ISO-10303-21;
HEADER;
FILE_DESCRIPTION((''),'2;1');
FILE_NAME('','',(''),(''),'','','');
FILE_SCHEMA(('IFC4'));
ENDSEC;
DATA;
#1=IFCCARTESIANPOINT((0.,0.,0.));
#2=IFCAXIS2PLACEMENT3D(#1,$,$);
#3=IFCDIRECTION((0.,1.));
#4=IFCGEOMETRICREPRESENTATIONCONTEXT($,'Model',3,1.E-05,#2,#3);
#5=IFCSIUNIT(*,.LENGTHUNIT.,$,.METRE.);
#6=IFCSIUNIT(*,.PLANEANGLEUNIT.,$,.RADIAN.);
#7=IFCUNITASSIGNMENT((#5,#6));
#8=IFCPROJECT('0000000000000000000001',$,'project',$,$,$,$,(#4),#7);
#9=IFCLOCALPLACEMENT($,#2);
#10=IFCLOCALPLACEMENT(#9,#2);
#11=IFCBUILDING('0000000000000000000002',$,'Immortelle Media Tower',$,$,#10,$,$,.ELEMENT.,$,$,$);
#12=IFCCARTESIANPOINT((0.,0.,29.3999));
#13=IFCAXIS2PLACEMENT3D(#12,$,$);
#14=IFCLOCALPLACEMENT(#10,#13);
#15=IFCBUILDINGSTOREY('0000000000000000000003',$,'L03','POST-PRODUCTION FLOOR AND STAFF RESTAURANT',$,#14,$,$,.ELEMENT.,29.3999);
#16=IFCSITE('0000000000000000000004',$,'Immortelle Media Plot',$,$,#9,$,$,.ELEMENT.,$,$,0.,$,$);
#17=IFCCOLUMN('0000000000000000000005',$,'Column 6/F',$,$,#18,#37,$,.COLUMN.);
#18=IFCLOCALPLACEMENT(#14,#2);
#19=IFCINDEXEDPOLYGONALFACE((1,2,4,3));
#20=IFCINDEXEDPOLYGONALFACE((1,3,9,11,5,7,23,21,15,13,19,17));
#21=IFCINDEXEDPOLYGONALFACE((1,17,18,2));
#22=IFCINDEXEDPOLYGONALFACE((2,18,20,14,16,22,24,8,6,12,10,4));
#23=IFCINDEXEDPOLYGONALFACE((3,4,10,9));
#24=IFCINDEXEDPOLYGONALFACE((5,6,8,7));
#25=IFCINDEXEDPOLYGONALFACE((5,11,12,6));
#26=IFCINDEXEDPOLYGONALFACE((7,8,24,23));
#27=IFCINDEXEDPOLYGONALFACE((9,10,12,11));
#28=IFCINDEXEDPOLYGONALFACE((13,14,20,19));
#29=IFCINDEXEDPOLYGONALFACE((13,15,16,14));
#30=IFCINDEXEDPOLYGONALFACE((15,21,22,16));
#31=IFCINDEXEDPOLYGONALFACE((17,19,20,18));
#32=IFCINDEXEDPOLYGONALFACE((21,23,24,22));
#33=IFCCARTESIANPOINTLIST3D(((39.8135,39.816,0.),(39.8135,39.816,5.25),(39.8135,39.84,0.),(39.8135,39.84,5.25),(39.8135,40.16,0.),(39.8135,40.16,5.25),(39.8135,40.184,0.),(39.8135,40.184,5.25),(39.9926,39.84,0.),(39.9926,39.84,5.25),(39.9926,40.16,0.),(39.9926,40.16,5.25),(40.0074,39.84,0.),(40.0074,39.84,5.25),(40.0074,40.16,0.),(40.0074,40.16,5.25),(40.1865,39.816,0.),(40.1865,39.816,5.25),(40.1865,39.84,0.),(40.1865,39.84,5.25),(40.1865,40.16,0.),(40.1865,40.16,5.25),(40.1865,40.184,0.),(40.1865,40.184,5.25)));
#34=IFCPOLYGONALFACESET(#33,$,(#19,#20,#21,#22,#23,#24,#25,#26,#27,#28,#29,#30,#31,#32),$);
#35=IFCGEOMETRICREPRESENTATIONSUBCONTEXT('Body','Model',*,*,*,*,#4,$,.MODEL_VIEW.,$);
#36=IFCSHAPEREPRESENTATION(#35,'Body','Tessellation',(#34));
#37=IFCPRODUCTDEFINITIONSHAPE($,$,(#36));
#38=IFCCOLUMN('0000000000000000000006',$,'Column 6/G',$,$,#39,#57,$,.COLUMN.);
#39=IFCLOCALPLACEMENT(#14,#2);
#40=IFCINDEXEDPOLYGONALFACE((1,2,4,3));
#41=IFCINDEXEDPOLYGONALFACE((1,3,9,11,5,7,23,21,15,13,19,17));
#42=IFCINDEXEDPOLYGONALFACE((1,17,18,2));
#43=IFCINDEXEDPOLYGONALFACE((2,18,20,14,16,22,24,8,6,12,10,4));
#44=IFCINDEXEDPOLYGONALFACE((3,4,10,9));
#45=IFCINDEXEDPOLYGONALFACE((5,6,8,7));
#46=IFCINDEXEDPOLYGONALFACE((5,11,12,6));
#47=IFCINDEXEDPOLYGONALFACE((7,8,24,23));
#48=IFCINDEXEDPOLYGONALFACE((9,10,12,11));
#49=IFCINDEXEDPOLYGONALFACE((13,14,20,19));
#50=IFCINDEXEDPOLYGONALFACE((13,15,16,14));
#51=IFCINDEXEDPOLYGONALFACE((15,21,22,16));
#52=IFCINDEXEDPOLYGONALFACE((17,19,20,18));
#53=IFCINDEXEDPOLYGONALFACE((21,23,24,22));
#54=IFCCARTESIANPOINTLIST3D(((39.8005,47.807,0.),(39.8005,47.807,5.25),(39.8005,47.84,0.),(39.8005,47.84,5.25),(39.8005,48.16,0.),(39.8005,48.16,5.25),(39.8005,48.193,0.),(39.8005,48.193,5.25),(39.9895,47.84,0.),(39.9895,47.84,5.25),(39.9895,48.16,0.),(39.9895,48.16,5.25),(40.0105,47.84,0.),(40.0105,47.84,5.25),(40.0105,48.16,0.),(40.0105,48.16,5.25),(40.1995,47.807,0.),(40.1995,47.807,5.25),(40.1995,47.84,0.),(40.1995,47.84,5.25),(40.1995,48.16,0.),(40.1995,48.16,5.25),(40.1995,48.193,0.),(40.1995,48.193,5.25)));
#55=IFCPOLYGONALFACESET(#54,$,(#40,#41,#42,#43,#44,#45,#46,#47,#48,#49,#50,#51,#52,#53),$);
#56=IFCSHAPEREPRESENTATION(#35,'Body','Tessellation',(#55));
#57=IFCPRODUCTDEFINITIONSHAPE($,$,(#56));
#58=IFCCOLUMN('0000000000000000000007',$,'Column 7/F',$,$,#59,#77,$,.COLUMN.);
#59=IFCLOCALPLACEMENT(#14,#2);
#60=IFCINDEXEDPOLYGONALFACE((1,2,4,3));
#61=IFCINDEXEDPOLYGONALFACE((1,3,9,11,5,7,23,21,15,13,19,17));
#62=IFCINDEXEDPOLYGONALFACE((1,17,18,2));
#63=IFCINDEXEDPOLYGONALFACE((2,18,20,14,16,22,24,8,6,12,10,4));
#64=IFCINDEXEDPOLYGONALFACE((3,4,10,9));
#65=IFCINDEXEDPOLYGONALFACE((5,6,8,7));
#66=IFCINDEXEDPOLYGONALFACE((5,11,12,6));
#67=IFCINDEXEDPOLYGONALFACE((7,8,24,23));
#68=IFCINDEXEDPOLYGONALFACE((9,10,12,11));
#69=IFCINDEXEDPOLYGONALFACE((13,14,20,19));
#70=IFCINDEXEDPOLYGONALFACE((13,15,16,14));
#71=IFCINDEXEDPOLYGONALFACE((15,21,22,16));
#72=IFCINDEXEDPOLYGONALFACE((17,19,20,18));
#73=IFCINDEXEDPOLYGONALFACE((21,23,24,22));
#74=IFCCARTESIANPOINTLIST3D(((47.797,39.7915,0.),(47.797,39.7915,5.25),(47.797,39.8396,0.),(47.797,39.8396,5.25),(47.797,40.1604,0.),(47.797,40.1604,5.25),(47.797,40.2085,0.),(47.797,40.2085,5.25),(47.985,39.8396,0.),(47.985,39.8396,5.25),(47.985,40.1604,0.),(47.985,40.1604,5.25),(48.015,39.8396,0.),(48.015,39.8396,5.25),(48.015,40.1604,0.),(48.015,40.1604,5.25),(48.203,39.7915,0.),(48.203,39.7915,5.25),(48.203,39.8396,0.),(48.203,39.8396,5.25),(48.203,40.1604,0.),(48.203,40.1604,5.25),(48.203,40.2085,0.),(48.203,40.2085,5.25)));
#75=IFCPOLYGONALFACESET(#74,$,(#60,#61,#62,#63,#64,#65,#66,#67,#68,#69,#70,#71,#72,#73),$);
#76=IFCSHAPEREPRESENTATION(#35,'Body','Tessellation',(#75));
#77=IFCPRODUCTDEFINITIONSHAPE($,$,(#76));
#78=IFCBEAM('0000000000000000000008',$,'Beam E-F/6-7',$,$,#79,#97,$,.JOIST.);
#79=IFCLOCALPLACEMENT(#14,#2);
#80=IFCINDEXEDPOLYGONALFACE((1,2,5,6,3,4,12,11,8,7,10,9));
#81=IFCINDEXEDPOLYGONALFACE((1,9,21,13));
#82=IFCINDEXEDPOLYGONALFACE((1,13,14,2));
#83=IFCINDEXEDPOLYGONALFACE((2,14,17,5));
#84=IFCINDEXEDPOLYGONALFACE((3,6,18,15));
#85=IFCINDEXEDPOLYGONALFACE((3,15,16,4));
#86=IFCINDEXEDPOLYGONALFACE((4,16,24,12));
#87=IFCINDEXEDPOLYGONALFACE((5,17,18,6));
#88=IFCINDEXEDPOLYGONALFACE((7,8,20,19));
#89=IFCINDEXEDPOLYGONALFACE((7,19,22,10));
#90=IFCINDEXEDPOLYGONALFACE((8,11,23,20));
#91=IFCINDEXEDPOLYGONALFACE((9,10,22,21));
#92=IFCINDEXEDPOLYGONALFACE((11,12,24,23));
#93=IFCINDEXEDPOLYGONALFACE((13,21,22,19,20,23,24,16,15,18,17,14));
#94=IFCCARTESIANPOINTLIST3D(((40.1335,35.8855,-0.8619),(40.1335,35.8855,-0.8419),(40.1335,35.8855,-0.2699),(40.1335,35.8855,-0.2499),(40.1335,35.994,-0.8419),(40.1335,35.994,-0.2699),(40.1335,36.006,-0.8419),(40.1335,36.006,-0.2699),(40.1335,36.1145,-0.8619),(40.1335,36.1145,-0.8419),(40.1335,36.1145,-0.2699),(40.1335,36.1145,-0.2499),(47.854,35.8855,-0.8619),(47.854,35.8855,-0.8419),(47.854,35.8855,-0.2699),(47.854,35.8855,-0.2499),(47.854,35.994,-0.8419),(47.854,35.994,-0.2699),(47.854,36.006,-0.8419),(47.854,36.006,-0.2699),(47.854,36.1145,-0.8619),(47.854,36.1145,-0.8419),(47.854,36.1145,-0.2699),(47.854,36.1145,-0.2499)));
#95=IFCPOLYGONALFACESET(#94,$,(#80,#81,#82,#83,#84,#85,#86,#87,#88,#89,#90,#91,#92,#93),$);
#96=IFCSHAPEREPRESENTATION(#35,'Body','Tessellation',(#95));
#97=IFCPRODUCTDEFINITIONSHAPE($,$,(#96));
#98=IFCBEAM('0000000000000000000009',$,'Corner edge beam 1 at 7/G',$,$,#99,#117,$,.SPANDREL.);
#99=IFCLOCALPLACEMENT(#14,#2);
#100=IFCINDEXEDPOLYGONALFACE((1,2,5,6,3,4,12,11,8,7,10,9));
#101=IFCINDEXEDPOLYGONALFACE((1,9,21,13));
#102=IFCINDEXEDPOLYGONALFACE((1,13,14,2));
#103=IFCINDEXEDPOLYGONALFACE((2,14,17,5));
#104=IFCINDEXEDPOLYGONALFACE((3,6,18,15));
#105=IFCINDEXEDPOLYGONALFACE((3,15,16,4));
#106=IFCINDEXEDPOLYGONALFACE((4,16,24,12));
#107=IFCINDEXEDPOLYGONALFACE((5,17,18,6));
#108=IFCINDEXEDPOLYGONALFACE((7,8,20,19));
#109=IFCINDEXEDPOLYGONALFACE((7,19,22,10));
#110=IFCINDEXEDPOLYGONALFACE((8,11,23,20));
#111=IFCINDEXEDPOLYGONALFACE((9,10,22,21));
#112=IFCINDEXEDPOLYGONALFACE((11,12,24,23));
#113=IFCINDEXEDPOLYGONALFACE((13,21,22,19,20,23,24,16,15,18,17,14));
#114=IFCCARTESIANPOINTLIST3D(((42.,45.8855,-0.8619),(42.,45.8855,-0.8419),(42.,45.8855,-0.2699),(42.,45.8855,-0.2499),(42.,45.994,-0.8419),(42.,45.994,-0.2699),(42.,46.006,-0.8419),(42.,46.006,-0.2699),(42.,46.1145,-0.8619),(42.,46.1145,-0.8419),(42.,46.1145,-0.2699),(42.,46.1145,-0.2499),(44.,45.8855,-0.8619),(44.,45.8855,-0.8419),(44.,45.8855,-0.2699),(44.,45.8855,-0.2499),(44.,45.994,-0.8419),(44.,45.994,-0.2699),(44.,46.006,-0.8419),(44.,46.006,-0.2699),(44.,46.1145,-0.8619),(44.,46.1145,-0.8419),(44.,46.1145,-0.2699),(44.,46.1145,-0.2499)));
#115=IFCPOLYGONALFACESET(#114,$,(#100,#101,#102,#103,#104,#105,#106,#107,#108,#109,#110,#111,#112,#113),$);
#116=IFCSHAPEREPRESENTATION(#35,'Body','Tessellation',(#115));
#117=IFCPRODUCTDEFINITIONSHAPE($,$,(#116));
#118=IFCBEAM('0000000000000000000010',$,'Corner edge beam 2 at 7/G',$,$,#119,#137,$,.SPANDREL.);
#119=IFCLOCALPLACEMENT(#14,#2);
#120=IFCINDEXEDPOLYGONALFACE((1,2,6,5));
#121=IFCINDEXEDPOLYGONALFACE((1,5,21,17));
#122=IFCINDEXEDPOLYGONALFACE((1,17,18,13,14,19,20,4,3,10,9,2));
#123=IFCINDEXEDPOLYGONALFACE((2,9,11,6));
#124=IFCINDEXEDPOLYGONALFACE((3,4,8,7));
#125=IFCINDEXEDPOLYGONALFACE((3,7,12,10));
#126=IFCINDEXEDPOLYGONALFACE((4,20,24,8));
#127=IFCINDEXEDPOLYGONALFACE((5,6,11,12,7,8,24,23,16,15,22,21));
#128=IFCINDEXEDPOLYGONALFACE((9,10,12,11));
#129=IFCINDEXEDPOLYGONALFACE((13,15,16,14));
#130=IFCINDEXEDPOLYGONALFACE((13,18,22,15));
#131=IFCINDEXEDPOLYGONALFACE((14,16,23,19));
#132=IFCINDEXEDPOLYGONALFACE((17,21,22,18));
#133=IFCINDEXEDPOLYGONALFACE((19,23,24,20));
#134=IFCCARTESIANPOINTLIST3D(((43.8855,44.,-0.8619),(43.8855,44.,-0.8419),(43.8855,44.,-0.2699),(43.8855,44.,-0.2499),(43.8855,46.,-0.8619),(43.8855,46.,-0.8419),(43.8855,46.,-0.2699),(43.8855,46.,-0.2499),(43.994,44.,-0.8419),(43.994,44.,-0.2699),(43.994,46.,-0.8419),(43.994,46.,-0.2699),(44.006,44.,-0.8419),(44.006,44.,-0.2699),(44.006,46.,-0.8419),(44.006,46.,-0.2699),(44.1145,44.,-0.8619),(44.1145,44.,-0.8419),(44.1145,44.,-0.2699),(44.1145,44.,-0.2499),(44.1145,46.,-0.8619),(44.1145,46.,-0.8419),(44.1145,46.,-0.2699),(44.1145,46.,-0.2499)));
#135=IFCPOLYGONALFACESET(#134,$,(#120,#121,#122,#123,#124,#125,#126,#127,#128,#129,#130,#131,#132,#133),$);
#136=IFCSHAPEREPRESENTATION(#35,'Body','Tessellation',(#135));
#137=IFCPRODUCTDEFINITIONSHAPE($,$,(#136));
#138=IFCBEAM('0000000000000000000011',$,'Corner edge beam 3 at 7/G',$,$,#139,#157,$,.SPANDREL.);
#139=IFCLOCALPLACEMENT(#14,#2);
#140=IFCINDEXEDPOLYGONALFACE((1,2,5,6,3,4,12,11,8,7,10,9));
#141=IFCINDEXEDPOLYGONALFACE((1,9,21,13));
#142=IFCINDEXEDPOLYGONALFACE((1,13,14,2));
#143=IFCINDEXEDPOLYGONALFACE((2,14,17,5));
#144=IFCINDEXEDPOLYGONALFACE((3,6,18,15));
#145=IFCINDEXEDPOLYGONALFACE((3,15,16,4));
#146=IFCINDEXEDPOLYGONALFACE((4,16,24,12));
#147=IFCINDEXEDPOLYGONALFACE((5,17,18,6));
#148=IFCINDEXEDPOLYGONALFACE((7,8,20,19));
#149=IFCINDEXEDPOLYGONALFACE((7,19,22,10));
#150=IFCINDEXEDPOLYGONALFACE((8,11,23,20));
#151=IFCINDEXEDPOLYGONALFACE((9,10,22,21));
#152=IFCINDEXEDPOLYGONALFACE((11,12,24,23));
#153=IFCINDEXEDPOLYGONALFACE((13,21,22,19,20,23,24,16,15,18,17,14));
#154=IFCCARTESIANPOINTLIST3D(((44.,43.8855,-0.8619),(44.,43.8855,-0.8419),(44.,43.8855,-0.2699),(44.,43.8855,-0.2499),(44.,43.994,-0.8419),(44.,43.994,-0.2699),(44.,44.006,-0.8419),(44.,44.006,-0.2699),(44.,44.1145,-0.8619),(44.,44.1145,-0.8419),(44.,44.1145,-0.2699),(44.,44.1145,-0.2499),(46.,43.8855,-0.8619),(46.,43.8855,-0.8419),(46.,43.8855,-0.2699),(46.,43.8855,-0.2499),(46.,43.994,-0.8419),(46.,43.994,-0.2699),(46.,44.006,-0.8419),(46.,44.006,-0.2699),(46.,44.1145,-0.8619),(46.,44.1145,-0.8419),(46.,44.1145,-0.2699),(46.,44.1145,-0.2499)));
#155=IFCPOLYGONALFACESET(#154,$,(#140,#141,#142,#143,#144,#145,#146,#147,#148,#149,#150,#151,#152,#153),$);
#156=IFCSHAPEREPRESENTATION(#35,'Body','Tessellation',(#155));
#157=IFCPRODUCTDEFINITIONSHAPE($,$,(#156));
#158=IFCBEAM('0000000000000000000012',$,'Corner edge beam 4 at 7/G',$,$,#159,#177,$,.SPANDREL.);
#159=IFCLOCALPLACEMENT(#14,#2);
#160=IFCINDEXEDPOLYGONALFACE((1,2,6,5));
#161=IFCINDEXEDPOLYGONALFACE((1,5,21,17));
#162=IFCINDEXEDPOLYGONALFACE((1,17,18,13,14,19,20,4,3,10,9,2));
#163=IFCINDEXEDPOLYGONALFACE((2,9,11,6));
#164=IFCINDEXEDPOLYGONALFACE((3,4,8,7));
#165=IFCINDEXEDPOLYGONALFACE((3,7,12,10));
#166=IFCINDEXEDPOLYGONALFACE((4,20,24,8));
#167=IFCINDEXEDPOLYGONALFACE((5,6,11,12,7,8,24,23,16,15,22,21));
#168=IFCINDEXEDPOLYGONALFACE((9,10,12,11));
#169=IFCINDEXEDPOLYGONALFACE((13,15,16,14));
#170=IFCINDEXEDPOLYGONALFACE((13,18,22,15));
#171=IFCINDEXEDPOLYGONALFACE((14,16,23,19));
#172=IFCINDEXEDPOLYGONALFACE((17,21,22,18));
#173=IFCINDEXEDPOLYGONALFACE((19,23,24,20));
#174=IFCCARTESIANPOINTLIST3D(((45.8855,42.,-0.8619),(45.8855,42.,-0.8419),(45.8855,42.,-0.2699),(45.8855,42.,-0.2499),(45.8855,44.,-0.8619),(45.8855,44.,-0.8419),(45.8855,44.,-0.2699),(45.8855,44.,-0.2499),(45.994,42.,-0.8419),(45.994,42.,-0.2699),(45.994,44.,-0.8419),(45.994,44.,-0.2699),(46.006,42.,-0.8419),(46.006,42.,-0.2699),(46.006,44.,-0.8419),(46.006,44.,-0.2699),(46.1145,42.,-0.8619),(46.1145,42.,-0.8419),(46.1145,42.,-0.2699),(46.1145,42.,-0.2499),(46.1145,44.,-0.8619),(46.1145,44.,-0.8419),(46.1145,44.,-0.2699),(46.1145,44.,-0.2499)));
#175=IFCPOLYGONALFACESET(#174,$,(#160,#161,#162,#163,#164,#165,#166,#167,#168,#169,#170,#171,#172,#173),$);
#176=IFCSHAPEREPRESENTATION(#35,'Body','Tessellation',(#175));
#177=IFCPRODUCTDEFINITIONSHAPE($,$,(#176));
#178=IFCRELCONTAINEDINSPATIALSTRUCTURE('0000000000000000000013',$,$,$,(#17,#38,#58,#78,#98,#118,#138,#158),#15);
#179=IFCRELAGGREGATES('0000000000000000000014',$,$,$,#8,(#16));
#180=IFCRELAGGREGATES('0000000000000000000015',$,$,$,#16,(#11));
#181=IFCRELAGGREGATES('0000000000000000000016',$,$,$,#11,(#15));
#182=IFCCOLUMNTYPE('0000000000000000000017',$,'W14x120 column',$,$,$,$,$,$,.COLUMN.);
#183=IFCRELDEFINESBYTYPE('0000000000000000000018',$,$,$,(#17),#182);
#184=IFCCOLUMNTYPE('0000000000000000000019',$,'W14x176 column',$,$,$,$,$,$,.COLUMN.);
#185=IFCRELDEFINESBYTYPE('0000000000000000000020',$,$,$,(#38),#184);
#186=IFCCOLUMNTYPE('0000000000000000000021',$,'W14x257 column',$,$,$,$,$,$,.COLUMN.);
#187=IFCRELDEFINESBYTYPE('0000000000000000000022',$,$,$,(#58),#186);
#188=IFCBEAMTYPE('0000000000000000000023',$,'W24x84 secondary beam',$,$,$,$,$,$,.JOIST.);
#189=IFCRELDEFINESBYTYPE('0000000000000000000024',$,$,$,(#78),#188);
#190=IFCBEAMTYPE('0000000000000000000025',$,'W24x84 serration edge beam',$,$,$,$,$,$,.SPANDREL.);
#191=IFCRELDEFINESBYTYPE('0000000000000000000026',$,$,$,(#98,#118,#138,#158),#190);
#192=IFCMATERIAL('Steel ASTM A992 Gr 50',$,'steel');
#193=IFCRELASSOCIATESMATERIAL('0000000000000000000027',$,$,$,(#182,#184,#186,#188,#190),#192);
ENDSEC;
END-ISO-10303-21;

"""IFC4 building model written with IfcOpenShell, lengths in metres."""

from ifc_helpers import new_model, si_unit, direction, frame, origin, origin_2d, place, context, subcontext, project, spatial, i_section, extrude, material, material_profile, profile_set, type_object, element, save


model = new_model("IFC4")

# Units and contexts
model_context = context("Model", 3, precision=1e-05, world=origin(), true_north=direction((0.0, 1.0)))
body_context = subcontext(model_context, "Body", "Model", "MODEL_VIEW")
ifc_project = project(units=[si_unit("LENGTHUNIT", "METRE"), si_unit("PLANEANGLEUNIT", "RADIAN")], contexts=[model_context])

# Site, building, storey
site_placement = place(None, origin())
site = spatial("IfcSite", under=ifc_project, at=site_placement, Name="Immortelle Media Plot", CompositionType="ELEMENT", RefElevation=0.0)
building_placement = place(site_placement, origin())
building = spatial("IfcBuilding", under=site, at=building_placement, Name="Immortelle Media Tower", CompositionType="ELEMENT")
storey_placement = place(building_placement, frame((0.0, 0.0, 29.3999)))
storey = spatial("IfcBuildingStorey", under=building, at=storey_placement, Name="L03", Description="POST-PRODUCTION FLOOR AND STAFF RESTAURANT", CompositionType="ELEMENT", Elevation=29.3999)

# Columns
ifc_material_1 = material(Name="Steel ASTM A992 Gr 50", Category="steel")
ifc_material_profile_1 = material_profile(ifc_material_1, i_section(OverallWidth=0.373, OverallDepth=0.3679, WebThickness=0.0149, FlangeThickness=0.0239, at=origin_2d()), Name="W14x120")
ifc_profile_set_1 = profile_set([ifc_material_profile_1], Name="Steel ASTM A992 Gr 50")
column_type_1 = type_object("IfcColumnType", Name="W14x120 column", PredefinedType="COLUMN", material=ifc_profile_set_1)
column_1_placement = place(storey_placement, frame((40.0, 40.0, 0.0), z_axis=(0.0, 0.0, 1.0), x_axis=(1.0, 0.0, 0.0)))
element("IfcColumn", 1, at=column_1_placement, inside=storey, type_object=column_type_1, Name="Column 6/F", PredefinedType="COLUMN", context=body_context, shape_type="SweptSolid", body=[
    extrude(i_section(OverallWidth=0.373, OverallDepth=0.3679, WebThickness=0.0149, FlangeThickness=0.0239, at=origin_2d()), origin(), (0.0, 0.0, 1.0), 5.25),
])
ifc_material_profile_2 = material_profile(ifc_material_1, i_section(OverallWidth=0.3989, OverallDepth=0.386, WebThickness=0.021, FlangeThickness=0.033, at=origin_2d()), Name="W14x176")
ifc_profile_set_2 = profile_set([ifc_material_profile_2], Name="Steel ASTM A992 Gr 50")
column_type_2 = type_object("IfcColumnType", Name="W14x176 column", PredefinedType="COLUMN", material=ifc_profile_set_2)
column_2_placement = place(storey_placement, frame((40.0, 48.0, 0.0), z_axis=(0.0, 0.0, 1.0), x_axis=(1.0, 0.0, 0.0)))
element("IfcColumn", 2, at=column_2_placement, inside=storey, type_object=column_type_2, Name="Column 6/G", PredefinedType="COLUMN", context=body_context, shape_type="SweptSolid", body=[
    extrude(i_section(OverallWidth=0.3989, OverallDepth=0.386, WebThickness=0.021, FlangeThickness=0.033, at=origin_2d()), origin(), (0.0, 0.0, 1.0), 5.25),
])
ifc_material_profile_3 = material_profile(ifc_material_1, i_section(OverallWidth=0.406, OverallDepth=0.417, WebThickness=0.03, FlangeThickness=0.0481, at=origin_2d()), Name="W14x257")
ifc_profile_set_3 = profile_set([ifc_material_profile_3], Name="Steel ASTM A992 Gr 50")
column_type_3 = type_object("IfcColumnType", Name="W14x257 column", PredefinedType="COLUMN", material=ifc_profile_set_3)
column_3_placement = place(storey_placement, frame((48.0, 40.0, 0.0), z_axis=(0.0, 0.0, 1.0), x_axis=(1.0, 0.0, 0.0)))
element("IfcColumn", 3, at=column_3_placement, inside=storey, type_object=column_type_3, Name="Column 7/F", PredefinedType="COLUMN", context=body_context, shape_type="SweptSolid", body=[
    extrude(i_section(OverallWidth=0.406, OverallDepth=0.417, WebThickness=0.03, FlangeThickness=0.0481, at=origin_2d()), origin(), (0.0, 0.0, 1.0), 5.25),
])

# Beams
ifc_material_profile_4 = material_profile(ifc_material_1, i_section(OverallWidth=0.229, OverallDepth=0.6121, WebThickness=0.012, FlangeThickness=0.02, at=origin_2d()), Name="W24x84")
ifc_profile_set_4 = profile_set([ifc_material_profile_4], Name="Steel ASTM A992 Gr 50")
beam_type_1 = type_object("IfcBeamType", Name="W24x84 secondary beam", PredefinedType="JOIST", material=ifc_profile_set_4)
beam_1_placement = place(storey_placement, frame((40.1335, 36.0, -0.5559), z_axis=(1.0, 0.0, 0.0), x_axis=(0.0, 1.0, 0.0)))
element("IfcBeam", 4, at=beam_1_placement, inside=storey, type_object=beam_type_1, Name="Beam E-F/6-7", PredefinedType="JOIST", context=body_context, shape_type="SweptSolid", body=[
    extrude(i_section(OverallWidth=0.229, OverallDepth=0.6121, WebThickness=0.012, FlangeThickness=0.02, at=origin_2d()), origin(), (0.0, 0.0, 1.0), 7.7205),
])
ifc_material_profile_5 = material_profile(ifc_material_1, i_section(OverallWidth=0.229, OverallDepth=0.6121, WebThickness=0.012, FlangeThickness=0.02, at=origin_2d()), Name="W24x84")
ifc_profile_set_5 = profile_set([ifc_material_profile_5], Name="Steel ASTM A992 Gr 50")
beam_type_2 = type_object("IfcBeamType", Name="W24x84 serration edge beam", PredefinedType="SPANDREL", material=ifc_profile_set_5)
for number, where, z_axis, x_axis, name in (
    (5, (42.0, 46.0, -0.5559), (1.0, 0.0, 0.0), (0.0, 1.0, 0.0), "Corner edge beam 1 at 7/G"),
    (6, (44.0, 46.0, -0.5559), (0.0, -1.0, 0.0), (1.0, 0.0, 0.0), "Corner edge beam 2 at 7/G"),
    (7, (44.0, 44.0, -0.5559), (1.0, 0.0, 0.0), (0.0, 1.0, 0.0), "Corner edge beam 3 at 7/G"),
    (8, (46.0, 44.0, -0.5559), (0.0, -1.0, 0.0), (1.0, 0.0, 0.0), "Corner edge beam 4 at 7/G"),
):
    element("IfcBeam", number, at=place(storey_placement, frame(where, z_axis=z_axis, x_axis=x_axis)), inside=storey, type_object=beam_type_2, Name=name, PredefinedType="SPANDREL", context=body_context, shape_type="SweptSolid", body=[
        extrude(i_section(OverallWidth=0.229, OverallDepth=0.6121, WebThickness=0.012, FlangeThickness=0.02, at=origin_2d()), origin(), (0.0, 0.0, 1.0), 2.0),
    ])

save(model, "model.ifc")
